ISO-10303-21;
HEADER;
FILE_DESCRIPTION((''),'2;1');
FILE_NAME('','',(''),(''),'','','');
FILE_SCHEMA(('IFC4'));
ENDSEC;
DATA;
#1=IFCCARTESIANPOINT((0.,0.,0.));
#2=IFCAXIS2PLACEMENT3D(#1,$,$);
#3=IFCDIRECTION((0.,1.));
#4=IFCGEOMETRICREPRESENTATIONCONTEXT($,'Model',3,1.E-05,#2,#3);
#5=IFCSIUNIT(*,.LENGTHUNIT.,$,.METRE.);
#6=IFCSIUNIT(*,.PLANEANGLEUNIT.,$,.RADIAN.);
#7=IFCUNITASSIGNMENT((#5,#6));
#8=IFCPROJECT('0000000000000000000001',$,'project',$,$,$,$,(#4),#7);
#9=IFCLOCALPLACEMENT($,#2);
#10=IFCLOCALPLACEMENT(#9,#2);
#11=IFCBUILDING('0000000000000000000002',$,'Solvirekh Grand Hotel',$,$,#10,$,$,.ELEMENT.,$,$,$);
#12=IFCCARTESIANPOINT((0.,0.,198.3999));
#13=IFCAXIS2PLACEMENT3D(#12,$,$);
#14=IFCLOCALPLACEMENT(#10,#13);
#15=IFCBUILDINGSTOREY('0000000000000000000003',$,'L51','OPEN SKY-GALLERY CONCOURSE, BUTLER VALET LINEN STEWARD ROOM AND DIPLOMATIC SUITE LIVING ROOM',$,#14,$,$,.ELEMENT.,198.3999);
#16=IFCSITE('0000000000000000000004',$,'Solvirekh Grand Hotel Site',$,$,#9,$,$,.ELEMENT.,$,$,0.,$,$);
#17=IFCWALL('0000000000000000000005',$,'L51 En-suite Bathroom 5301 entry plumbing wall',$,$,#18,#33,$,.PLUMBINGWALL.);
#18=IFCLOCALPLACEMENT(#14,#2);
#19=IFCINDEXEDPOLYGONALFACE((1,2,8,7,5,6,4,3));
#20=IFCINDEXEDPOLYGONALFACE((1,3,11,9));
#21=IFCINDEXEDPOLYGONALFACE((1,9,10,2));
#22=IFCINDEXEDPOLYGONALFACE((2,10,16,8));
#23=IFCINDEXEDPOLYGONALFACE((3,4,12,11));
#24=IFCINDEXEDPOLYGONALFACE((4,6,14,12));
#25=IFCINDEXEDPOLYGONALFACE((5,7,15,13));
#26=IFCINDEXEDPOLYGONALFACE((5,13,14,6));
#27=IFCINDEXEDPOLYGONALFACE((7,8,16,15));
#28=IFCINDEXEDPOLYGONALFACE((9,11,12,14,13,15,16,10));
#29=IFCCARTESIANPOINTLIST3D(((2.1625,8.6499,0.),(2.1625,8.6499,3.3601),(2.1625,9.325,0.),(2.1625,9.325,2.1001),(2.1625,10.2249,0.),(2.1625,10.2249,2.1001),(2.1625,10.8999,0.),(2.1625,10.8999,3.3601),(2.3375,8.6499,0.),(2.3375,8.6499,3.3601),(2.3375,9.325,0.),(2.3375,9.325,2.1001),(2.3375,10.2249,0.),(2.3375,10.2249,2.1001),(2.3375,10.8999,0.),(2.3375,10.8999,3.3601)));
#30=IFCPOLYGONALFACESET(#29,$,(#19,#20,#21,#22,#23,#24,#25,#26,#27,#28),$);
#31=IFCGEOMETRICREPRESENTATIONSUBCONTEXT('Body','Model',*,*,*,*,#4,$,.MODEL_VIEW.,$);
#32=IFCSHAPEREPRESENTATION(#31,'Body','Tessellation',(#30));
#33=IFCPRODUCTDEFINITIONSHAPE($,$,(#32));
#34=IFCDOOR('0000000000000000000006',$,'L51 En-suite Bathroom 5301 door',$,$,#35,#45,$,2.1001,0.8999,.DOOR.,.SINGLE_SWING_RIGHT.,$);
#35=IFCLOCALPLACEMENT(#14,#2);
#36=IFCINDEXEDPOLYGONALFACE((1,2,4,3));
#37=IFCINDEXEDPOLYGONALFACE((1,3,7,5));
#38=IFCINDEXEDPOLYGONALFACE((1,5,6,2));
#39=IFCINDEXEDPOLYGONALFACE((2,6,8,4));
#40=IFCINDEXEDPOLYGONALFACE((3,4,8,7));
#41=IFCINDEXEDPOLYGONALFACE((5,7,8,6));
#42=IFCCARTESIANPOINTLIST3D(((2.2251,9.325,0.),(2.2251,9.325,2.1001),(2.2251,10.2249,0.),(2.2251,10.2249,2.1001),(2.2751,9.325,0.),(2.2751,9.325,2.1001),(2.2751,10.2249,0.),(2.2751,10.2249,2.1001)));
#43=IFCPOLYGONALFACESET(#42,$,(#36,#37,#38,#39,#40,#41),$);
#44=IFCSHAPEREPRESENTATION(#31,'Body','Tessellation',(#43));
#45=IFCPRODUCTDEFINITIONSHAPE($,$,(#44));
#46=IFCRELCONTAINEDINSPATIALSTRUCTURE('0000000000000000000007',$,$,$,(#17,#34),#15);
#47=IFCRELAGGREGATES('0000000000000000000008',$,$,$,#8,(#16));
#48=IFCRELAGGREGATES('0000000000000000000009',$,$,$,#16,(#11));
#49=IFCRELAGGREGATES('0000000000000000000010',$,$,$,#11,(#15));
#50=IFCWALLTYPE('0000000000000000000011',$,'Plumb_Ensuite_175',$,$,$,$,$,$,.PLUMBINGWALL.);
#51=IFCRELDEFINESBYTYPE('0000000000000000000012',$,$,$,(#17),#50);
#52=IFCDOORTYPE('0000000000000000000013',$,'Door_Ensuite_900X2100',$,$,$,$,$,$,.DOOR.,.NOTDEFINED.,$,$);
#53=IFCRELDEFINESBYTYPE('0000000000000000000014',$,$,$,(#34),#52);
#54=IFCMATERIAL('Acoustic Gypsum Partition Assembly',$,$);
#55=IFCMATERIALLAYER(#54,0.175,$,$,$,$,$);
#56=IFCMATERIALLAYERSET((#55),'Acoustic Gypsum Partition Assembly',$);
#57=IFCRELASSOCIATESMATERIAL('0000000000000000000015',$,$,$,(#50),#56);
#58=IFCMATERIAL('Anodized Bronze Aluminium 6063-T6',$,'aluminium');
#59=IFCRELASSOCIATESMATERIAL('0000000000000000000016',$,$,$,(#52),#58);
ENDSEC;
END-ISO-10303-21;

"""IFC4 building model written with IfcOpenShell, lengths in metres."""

from ifc_helpers import new_model, si_unit, direction, frame, frame_2d, origin, place, context, subcontext, project, spatial, rectangle, extrude, material, layer, layer_set, type_object, element, fill, save


model = new_model("IFC4")

# Units and contexts
model_context = context("Model", 3, precision=1e-05, world=origin(), true_north=direction((0.0, 1.0)))
body_context = subcontext(model_context, "Body", "Model", "MODEL_VIEW")
ifc_project = project(units=[si_unit("LENGTHUNIT", "METRE"), si_unit("PLANEANGLEUNIT", "RADIAN")], contexts=[model_context])

# Site, building, storey
site_placement = place(None, origin())
site = spatial("IfcSite", under=ifc_project, at=site_placement, Name="Solvirekh Grand Hotel Site", CompositionType="ELEMENT", RefElevation=0.0)
building_placement = place(site_placement, origin())
building = spatial("IfcBuilding", under=site, at=building_placement, Name="Solvirekh Grand Hotel", CompositionType="ELEMENT")
storey_placement = place(building_placement, frame((0.0, 0.0, 198.3999)))
storey = spatial("IfcBuildingStorey", under=building, at=storey_placement, Name="L51", Description="OPEN SKY-GALLERY CONCOURSE, BUTLER VALET LINEN STEWARD ROOM AND DIPLOMATIC SUITE LIVING ROOM", CompositionType="ELEMENT", Elevation=198.3999)

# Shared definitions
ifc_material_1 = material(Name="Anodized Bronze Aluminium 6063-T6", Category="aluminium")

# Shared definitions
ifc_material_2 = material(Name="Acoustic Gypsum Partition Assembly")

# Shared definitions
ifc_layer_1 = layer(ifc_material_2, 0.175)
ifc_layer_set_1 = layer_set([ifc_layer_1], Name="Acoustic Gypsum Partition Assembly")
wall_type_1 = type_object("IfcWallType", Name="Plumb_Ensuite_175", PredefinedType="PLUMBINGWALL", material=ifc_layer_set_1)

# Wall, opening, door
wall_1_placement = place(storey_placement, frame((2.25, 8.6499, 0.0), z_axis=(0.0, 0.0, 1.0), x_axis=(0.0, 1.0, 0.0)))
wall_1 = element("IfcWall", 1, at=wall_1_placement, inside=storey, type_object=wall_type_1, Name="L51 En-suite Bathroom 5301 entry plumbing wall", PredefinedType="PLUMBINGWALL", context=body_context, shape_type="SweptSolid", body=[
    extrude(rectangle(XDim=2.25, YDim=0.175, at=frame_2d((1.125, 0.0))), origin(), (0.0, 0.0, 1.0), 3.3601),
])
opening_1_placement = place(wall_1_placement, frame((0.675, 0.0, 0.0)))
opening_1 = element("IfcOpeningElement", 2, at=opening_1_placement, cuts=wall_1, PredefinedType="OPENING", context=body_context, shape_type="SweptSolid", body=[
    extrude(rectangle(XDim=0.8999, YDim=2.1001, at=frame_2d((0.45, 1.05))), frame((0.0, 0.0977, 0.0), z_axis=(0.0, -1.0, 0.0), x_axis=(1.0, 0.0, 0.0)), (0.0, 0.0, 1.0), 0.1951),
])
door_type_1 = type_object("IfcDoorType", Name="Door_Ensuite_900X2100", OperationType="NOTDEFINED", PredefinedType="DOOR", material=ifc_material_1)
door_1_placement = place(opening_1_placement, origin())
door_1 = element("IfcDoor", 3, at=door_1_placement, inside=storey, type_object=door_type_1, Name="L51 En-suite Bathroom 5301 door", OperationType="SINGLE_SWING_RIGHT", OverallHeight=2.1001, OverallWidth=0.8999, PredefinedType="DOOR", context=body_context, shape_type="SweptSolid", body=[
    extrude(rectangle(XDim=0.8999, YDim=2.1001, at=frame_2d((0.45, 1.05))), frame((0.0, 0.0249, 0.0), z_axis=(0.0, -1.0, 0.0), x_axis=(1.0, 0.0, 0.0)), (0.0, 0.0, 1.0), 0.05),
])
fill(opening_1, door_1)

save(model, "model.ifc")
